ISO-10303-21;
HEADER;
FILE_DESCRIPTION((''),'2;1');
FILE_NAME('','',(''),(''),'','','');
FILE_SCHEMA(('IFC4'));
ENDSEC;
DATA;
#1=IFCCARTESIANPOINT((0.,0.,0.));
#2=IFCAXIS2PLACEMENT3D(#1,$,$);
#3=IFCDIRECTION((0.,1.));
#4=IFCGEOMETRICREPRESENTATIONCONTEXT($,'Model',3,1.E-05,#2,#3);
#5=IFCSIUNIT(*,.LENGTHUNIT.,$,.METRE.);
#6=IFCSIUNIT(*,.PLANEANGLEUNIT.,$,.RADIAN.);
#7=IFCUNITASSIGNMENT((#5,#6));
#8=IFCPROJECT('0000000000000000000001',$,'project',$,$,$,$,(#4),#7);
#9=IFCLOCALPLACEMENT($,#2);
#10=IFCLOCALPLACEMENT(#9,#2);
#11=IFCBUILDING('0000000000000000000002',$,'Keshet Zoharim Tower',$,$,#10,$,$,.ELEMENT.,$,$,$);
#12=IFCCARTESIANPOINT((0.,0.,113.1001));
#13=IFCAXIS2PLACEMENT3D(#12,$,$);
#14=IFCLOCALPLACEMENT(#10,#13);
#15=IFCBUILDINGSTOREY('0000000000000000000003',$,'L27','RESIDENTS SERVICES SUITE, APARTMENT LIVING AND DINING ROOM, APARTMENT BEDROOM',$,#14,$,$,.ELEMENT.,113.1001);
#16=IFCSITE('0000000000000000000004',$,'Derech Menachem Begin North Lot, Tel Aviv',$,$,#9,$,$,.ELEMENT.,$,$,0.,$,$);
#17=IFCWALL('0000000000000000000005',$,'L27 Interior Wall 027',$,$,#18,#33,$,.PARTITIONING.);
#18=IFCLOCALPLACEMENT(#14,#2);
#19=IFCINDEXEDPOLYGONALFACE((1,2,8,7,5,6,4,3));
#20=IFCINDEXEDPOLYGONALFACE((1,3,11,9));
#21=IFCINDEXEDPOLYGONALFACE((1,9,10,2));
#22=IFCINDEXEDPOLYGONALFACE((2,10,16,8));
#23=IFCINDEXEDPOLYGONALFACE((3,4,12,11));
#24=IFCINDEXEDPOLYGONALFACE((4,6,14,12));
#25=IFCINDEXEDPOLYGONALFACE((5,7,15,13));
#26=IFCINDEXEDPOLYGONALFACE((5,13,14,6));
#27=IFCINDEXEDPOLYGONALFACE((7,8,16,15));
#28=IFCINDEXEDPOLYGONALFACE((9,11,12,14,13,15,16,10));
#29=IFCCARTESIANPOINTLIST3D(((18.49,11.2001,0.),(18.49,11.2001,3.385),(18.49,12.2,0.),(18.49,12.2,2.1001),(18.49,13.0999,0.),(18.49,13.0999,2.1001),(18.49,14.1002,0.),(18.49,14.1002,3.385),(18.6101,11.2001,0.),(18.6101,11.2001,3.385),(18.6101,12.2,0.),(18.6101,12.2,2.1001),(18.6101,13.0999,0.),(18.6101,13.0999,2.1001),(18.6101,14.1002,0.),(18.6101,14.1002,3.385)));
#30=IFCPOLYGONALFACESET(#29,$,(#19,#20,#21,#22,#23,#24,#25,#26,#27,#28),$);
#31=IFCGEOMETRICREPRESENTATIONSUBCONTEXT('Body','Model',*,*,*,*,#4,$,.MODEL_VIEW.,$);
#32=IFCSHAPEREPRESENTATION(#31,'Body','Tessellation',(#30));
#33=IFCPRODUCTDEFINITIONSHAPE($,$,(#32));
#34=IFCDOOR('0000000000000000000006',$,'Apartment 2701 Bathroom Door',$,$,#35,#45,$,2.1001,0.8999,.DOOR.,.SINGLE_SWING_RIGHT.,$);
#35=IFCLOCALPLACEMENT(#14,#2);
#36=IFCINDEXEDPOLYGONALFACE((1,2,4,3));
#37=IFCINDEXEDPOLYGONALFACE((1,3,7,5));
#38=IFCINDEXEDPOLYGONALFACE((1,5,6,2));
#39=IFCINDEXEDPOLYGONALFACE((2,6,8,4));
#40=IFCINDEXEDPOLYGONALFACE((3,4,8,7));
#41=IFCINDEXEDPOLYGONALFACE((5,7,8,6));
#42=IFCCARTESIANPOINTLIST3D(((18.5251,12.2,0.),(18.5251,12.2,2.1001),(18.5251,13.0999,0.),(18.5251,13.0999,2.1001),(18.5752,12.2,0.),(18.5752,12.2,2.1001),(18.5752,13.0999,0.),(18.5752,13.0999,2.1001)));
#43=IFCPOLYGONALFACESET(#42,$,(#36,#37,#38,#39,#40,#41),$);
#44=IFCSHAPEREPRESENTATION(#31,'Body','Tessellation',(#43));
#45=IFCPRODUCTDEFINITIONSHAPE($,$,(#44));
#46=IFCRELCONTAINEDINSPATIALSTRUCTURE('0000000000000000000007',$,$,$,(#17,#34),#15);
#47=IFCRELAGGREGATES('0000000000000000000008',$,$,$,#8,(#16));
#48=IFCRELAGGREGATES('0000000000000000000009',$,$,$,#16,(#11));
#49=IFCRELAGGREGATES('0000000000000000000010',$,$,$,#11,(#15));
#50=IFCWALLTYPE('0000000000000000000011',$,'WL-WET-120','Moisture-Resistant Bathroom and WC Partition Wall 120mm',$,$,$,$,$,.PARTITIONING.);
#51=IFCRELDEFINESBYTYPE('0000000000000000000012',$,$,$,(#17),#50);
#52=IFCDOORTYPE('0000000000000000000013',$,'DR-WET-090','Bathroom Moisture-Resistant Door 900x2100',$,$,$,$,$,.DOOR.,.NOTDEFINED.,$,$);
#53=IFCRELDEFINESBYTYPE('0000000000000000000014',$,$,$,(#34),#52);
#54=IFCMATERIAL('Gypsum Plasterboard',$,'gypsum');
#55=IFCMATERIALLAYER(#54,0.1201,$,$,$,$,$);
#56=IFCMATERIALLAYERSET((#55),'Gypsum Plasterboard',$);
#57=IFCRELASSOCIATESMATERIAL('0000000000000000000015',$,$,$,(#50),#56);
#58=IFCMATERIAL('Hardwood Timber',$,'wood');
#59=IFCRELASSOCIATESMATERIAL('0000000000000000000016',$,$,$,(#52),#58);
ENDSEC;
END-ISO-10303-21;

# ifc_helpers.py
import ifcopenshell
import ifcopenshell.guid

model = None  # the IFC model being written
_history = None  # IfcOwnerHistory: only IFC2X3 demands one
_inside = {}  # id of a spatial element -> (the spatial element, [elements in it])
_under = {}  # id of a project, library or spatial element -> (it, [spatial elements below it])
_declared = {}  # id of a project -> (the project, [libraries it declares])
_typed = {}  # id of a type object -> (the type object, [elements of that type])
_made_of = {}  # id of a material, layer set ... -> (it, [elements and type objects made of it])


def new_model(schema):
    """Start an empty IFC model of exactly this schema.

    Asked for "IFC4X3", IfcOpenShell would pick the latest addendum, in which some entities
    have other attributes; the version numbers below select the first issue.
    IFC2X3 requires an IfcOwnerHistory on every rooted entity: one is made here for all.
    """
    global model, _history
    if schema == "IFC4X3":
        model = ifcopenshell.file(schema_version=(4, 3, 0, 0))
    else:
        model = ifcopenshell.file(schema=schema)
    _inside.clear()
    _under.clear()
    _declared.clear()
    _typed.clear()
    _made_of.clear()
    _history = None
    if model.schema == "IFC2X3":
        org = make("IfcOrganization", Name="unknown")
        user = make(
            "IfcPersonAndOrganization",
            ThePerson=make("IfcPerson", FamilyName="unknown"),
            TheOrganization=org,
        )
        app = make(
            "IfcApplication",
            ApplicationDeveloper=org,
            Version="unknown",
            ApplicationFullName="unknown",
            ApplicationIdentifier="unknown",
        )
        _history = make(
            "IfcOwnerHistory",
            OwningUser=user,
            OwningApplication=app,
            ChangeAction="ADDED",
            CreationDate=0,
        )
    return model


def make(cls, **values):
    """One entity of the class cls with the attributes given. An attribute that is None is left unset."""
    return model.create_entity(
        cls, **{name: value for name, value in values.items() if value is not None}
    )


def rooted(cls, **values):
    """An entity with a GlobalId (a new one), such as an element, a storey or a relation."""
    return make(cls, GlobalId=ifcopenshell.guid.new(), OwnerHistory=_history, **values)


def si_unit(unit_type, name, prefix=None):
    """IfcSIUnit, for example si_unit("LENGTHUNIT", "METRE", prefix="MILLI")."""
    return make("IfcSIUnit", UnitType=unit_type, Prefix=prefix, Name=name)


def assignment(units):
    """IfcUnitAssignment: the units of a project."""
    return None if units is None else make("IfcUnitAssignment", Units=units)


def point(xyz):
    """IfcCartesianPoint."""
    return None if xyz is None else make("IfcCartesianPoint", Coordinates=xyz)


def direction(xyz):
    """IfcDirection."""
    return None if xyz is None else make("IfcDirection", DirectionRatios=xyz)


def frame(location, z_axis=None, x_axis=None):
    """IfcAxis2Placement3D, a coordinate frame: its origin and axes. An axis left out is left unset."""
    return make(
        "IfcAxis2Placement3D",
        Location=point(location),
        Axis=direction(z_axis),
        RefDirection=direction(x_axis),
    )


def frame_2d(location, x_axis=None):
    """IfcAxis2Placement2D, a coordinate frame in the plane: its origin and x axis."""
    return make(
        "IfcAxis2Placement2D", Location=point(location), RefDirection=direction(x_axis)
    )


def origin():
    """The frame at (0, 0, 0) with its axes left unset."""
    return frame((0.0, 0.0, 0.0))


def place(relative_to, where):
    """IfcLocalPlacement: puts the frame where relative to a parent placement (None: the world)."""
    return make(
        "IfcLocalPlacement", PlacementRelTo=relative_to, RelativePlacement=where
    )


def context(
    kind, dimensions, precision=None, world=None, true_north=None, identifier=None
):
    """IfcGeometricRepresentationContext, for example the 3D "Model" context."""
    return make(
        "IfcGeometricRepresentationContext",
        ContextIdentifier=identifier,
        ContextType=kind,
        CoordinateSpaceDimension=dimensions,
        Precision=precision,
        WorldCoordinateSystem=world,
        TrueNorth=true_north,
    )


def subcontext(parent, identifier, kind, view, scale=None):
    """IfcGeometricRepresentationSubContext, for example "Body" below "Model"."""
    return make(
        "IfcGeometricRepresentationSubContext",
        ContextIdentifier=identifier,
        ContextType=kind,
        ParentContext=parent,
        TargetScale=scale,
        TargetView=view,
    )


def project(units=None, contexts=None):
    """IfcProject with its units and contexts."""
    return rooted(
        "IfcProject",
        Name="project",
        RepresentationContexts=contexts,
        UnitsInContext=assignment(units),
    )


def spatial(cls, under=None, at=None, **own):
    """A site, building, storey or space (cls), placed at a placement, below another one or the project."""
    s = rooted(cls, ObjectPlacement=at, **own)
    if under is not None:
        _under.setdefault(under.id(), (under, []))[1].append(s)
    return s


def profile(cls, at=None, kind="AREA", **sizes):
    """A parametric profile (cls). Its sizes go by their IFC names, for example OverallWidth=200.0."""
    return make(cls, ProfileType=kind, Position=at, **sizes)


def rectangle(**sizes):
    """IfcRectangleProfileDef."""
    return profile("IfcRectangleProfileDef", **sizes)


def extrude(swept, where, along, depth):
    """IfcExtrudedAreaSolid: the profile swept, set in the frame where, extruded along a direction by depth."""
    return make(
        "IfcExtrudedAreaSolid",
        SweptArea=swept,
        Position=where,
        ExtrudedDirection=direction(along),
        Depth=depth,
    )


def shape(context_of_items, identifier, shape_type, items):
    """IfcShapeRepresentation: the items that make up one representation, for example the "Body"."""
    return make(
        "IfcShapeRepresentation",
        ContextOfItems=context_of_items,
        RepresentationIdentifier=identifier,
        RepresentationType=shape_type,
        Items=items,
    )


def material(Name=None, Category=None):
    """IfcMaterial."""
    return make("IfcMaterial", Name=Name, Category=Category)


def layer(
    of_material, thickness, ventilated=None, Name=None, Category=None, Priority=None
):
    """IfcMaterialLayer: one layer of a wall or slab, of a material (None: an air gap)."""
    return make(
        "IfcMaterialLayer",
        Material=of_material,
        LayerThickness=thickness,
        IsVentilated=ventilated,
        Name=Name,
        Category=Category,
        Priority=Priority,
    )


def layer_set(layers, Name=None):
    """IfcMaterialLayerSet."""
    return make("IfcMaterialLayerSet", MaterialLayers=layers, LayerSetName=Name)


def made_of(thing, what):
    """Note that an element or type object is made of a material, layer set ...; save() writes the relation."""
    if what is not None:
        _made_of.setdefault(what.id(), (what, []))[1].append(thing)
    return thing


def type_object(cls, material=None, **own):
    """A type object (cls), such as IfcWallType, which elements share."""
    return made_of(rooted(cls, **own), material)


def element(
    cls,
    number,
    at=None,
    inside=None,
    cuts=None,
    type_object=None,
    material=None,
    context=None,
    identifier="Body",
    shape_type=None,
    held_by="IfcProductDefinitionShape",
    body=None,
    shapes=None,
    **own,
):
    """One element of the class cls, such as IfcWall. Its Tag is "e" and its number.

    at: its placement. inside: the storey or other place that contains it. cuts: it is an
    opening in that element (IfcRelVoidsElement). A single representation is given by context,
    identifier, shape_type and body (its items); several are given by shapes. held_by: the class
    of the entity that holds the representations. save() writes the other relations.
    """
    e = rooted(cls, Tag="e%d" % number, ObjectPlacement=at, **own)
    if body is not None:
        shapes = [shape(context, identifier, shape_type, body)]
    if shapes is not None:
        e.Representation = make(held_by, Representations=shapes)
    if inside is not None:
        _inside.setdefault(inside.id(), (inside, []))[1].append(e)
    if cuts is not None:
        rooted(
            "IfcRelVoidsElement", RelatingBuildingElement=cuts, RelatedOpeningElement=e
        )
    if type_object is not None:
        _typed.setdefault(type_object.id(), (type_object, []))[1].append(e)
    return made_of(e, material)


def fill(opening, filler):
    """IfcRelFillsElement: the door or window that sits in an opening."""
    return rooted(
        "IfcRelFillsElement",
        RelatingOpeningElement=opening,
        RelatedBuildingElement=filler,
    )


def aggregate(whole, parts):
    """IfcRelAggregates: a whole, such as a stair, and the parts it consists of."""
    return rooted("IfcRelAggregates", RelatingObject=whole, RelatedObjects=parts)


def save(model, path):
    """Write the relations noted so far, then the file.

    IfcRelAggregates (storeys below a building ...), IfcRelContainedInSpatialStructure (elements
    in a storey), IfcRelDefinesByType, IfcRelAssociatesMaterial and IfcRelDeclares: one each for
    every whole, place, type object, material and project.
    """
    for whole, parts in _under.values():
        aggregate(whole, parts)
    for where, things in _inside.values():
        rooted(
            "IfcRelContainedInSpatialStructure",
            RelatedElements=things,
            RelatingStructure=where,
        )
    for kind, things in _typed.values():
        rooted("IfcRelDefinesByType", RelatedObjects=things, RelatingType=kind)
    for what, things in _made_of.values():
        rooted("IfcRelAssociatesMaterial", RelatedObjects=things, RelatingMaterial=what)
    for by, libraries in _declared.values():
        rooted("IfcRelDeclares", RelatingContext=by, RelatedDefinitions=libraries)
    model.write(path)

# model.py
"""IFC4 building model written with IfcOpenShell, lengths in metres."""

from ifc_helpers import new_model, si_unit, direction, frame, frame_2d, origin, place, context, subcontext, project, spatial, rectangle, extrude, material, layer, layer_set, type_object, element, fill, save


model = new_model("IFC4")

# Units and contexts
model_context = context("Model", 3, precision=1e-05, world=origin(), true_north=direction((0.0, 1.0)))
body_context = subcontext(model_context, "Body", "Model", "MODEL_VIEW")
ifc_project = project(units=[si_unit("LENGTHUNIT", "METRE"), si_unit("PLANEANGLEUNIT", "RADIAN")], contexts=[model_context])

# Site, building, storey
site_placement = place(None, origin())
site = spatial("IfcSite", under=ifc_project, at=site_placement, Name="Derech Menachem Begin North Lot, Tel Aviv", CompositionType="ELEMENT", RefElevation=0.0)
building_placement = place(site_placement, origin())
building = spatial("IfcBuilding", under=site, at=building_placement, Name="Keshet Zoharim Tower", CompositionType="ELEMENT")
storey_placement = place(building_placement, frame((0.0, 0.0, 113.1001)))
storey = spatial("IfcBuildingStorey", under=building, at=storey_placement, Name="L27", Description="RESIDENTS SERVICES SUITE, APARTMENT LIVING AND DINING ROOM, APARTMENT BEDROOM", CompositionType="ELEMENT", Elevation=113.1001)

# Shared definitions
ifc_material_1 = material(Name="Gypsum Plasterboard", Category="gypsum")
ifc_material_2 = material(Name="Hardwood Timber", Category="wood")

# Wall, opening, door
ifc_layer_1 = layer(ifc_material_1, 0.1201)
ifc_layer_set_1 = layer_set([ifc_layer_1], Name="Gypsum Plasterboard")
wall_type_1 = type_object("IfcWallType", Name="WL-WET-120", Description="Moisture-Resistant Bathroom and WC Partition Wall 120mm", PredefinedType="PARTITIONING", material=ifc_layer_set_1)
wall_1_placement = place(storey_placement, frame((18.55, 11.2, 0.0), z_axis=(0.0, 0.0, 1.0), x_axis=(0.0, 1.0, 0.0)))
wall_1 = element("IfcWall", 1, at=wall_1_placement, inside=storey, type_object=wall_type_1, Name="L27 Interior Wall 027", PredefinedType="PARTITIONING", context=body_context, shape_type="SweptSolid", body=[
    extrude(rectangle(XDim=2.9001, YDim=0.1201, at=frame_2d((1.4502, 0.0))), origin(), (0.0, 0.0, 1.0), 3.385),
])
opening_1_placement = place(wall_1_placement, frame((1.0, 0.0, 0.0)))
opening_1 = element("IfcOpeningElement", 2, at=opening_1_placement, cuts=wall_1, PredefinedType="OPENING", context=body_context, shape_type="SweptSolid", body=[
    extrude(rectangle(XDim=0.8999, YDim=2.1001, at=frame_2d((0.45, 1.05))), frame((0.0, 0.0701, 0.0), z_axis=(0.0, -1.0, 0.0), x_axis=(1.0, 0.0, 0.0)), (0.0, 0.0, 1.0), 0.1401),
])
door_type_1 = type_object("IfcDoorType", Name="DR-WET-090", Description="Bathroom Moisture-Resistant Door 900x2100", OperationType="NOTDEFINED", PredefinedType="DOOR", material=ifc_material_2)
door_1_placement = place(opening_1_placement, origin())
door_1 = element("IfcDoor", 3, at=door_1_placement, inside=storey, type_object=door_type_1, Name="Apartment 2701 Bathroom Door", OperationType="SINGLE_SWING_RIGHT", OverallHeight=2.1001, OverallWidth=0.8999, PredefinedType="DOOR", context=body_context, shape_type="SweptSolid", body=[
    extrude(rectangle(XDim=0.8999, YDim=2.1001, at=frame_2d((0.45, 1.05))), frame((0.0, 0.0249, 0.0), z_axis=(0.0, -1.0, 0.0), x_axis=(1.0, 0.0, 0.0)), (0.0, 0.0, 1.0), 0.05),
])
fill(opening_1, door_1)

save(model, "model.ifc")
